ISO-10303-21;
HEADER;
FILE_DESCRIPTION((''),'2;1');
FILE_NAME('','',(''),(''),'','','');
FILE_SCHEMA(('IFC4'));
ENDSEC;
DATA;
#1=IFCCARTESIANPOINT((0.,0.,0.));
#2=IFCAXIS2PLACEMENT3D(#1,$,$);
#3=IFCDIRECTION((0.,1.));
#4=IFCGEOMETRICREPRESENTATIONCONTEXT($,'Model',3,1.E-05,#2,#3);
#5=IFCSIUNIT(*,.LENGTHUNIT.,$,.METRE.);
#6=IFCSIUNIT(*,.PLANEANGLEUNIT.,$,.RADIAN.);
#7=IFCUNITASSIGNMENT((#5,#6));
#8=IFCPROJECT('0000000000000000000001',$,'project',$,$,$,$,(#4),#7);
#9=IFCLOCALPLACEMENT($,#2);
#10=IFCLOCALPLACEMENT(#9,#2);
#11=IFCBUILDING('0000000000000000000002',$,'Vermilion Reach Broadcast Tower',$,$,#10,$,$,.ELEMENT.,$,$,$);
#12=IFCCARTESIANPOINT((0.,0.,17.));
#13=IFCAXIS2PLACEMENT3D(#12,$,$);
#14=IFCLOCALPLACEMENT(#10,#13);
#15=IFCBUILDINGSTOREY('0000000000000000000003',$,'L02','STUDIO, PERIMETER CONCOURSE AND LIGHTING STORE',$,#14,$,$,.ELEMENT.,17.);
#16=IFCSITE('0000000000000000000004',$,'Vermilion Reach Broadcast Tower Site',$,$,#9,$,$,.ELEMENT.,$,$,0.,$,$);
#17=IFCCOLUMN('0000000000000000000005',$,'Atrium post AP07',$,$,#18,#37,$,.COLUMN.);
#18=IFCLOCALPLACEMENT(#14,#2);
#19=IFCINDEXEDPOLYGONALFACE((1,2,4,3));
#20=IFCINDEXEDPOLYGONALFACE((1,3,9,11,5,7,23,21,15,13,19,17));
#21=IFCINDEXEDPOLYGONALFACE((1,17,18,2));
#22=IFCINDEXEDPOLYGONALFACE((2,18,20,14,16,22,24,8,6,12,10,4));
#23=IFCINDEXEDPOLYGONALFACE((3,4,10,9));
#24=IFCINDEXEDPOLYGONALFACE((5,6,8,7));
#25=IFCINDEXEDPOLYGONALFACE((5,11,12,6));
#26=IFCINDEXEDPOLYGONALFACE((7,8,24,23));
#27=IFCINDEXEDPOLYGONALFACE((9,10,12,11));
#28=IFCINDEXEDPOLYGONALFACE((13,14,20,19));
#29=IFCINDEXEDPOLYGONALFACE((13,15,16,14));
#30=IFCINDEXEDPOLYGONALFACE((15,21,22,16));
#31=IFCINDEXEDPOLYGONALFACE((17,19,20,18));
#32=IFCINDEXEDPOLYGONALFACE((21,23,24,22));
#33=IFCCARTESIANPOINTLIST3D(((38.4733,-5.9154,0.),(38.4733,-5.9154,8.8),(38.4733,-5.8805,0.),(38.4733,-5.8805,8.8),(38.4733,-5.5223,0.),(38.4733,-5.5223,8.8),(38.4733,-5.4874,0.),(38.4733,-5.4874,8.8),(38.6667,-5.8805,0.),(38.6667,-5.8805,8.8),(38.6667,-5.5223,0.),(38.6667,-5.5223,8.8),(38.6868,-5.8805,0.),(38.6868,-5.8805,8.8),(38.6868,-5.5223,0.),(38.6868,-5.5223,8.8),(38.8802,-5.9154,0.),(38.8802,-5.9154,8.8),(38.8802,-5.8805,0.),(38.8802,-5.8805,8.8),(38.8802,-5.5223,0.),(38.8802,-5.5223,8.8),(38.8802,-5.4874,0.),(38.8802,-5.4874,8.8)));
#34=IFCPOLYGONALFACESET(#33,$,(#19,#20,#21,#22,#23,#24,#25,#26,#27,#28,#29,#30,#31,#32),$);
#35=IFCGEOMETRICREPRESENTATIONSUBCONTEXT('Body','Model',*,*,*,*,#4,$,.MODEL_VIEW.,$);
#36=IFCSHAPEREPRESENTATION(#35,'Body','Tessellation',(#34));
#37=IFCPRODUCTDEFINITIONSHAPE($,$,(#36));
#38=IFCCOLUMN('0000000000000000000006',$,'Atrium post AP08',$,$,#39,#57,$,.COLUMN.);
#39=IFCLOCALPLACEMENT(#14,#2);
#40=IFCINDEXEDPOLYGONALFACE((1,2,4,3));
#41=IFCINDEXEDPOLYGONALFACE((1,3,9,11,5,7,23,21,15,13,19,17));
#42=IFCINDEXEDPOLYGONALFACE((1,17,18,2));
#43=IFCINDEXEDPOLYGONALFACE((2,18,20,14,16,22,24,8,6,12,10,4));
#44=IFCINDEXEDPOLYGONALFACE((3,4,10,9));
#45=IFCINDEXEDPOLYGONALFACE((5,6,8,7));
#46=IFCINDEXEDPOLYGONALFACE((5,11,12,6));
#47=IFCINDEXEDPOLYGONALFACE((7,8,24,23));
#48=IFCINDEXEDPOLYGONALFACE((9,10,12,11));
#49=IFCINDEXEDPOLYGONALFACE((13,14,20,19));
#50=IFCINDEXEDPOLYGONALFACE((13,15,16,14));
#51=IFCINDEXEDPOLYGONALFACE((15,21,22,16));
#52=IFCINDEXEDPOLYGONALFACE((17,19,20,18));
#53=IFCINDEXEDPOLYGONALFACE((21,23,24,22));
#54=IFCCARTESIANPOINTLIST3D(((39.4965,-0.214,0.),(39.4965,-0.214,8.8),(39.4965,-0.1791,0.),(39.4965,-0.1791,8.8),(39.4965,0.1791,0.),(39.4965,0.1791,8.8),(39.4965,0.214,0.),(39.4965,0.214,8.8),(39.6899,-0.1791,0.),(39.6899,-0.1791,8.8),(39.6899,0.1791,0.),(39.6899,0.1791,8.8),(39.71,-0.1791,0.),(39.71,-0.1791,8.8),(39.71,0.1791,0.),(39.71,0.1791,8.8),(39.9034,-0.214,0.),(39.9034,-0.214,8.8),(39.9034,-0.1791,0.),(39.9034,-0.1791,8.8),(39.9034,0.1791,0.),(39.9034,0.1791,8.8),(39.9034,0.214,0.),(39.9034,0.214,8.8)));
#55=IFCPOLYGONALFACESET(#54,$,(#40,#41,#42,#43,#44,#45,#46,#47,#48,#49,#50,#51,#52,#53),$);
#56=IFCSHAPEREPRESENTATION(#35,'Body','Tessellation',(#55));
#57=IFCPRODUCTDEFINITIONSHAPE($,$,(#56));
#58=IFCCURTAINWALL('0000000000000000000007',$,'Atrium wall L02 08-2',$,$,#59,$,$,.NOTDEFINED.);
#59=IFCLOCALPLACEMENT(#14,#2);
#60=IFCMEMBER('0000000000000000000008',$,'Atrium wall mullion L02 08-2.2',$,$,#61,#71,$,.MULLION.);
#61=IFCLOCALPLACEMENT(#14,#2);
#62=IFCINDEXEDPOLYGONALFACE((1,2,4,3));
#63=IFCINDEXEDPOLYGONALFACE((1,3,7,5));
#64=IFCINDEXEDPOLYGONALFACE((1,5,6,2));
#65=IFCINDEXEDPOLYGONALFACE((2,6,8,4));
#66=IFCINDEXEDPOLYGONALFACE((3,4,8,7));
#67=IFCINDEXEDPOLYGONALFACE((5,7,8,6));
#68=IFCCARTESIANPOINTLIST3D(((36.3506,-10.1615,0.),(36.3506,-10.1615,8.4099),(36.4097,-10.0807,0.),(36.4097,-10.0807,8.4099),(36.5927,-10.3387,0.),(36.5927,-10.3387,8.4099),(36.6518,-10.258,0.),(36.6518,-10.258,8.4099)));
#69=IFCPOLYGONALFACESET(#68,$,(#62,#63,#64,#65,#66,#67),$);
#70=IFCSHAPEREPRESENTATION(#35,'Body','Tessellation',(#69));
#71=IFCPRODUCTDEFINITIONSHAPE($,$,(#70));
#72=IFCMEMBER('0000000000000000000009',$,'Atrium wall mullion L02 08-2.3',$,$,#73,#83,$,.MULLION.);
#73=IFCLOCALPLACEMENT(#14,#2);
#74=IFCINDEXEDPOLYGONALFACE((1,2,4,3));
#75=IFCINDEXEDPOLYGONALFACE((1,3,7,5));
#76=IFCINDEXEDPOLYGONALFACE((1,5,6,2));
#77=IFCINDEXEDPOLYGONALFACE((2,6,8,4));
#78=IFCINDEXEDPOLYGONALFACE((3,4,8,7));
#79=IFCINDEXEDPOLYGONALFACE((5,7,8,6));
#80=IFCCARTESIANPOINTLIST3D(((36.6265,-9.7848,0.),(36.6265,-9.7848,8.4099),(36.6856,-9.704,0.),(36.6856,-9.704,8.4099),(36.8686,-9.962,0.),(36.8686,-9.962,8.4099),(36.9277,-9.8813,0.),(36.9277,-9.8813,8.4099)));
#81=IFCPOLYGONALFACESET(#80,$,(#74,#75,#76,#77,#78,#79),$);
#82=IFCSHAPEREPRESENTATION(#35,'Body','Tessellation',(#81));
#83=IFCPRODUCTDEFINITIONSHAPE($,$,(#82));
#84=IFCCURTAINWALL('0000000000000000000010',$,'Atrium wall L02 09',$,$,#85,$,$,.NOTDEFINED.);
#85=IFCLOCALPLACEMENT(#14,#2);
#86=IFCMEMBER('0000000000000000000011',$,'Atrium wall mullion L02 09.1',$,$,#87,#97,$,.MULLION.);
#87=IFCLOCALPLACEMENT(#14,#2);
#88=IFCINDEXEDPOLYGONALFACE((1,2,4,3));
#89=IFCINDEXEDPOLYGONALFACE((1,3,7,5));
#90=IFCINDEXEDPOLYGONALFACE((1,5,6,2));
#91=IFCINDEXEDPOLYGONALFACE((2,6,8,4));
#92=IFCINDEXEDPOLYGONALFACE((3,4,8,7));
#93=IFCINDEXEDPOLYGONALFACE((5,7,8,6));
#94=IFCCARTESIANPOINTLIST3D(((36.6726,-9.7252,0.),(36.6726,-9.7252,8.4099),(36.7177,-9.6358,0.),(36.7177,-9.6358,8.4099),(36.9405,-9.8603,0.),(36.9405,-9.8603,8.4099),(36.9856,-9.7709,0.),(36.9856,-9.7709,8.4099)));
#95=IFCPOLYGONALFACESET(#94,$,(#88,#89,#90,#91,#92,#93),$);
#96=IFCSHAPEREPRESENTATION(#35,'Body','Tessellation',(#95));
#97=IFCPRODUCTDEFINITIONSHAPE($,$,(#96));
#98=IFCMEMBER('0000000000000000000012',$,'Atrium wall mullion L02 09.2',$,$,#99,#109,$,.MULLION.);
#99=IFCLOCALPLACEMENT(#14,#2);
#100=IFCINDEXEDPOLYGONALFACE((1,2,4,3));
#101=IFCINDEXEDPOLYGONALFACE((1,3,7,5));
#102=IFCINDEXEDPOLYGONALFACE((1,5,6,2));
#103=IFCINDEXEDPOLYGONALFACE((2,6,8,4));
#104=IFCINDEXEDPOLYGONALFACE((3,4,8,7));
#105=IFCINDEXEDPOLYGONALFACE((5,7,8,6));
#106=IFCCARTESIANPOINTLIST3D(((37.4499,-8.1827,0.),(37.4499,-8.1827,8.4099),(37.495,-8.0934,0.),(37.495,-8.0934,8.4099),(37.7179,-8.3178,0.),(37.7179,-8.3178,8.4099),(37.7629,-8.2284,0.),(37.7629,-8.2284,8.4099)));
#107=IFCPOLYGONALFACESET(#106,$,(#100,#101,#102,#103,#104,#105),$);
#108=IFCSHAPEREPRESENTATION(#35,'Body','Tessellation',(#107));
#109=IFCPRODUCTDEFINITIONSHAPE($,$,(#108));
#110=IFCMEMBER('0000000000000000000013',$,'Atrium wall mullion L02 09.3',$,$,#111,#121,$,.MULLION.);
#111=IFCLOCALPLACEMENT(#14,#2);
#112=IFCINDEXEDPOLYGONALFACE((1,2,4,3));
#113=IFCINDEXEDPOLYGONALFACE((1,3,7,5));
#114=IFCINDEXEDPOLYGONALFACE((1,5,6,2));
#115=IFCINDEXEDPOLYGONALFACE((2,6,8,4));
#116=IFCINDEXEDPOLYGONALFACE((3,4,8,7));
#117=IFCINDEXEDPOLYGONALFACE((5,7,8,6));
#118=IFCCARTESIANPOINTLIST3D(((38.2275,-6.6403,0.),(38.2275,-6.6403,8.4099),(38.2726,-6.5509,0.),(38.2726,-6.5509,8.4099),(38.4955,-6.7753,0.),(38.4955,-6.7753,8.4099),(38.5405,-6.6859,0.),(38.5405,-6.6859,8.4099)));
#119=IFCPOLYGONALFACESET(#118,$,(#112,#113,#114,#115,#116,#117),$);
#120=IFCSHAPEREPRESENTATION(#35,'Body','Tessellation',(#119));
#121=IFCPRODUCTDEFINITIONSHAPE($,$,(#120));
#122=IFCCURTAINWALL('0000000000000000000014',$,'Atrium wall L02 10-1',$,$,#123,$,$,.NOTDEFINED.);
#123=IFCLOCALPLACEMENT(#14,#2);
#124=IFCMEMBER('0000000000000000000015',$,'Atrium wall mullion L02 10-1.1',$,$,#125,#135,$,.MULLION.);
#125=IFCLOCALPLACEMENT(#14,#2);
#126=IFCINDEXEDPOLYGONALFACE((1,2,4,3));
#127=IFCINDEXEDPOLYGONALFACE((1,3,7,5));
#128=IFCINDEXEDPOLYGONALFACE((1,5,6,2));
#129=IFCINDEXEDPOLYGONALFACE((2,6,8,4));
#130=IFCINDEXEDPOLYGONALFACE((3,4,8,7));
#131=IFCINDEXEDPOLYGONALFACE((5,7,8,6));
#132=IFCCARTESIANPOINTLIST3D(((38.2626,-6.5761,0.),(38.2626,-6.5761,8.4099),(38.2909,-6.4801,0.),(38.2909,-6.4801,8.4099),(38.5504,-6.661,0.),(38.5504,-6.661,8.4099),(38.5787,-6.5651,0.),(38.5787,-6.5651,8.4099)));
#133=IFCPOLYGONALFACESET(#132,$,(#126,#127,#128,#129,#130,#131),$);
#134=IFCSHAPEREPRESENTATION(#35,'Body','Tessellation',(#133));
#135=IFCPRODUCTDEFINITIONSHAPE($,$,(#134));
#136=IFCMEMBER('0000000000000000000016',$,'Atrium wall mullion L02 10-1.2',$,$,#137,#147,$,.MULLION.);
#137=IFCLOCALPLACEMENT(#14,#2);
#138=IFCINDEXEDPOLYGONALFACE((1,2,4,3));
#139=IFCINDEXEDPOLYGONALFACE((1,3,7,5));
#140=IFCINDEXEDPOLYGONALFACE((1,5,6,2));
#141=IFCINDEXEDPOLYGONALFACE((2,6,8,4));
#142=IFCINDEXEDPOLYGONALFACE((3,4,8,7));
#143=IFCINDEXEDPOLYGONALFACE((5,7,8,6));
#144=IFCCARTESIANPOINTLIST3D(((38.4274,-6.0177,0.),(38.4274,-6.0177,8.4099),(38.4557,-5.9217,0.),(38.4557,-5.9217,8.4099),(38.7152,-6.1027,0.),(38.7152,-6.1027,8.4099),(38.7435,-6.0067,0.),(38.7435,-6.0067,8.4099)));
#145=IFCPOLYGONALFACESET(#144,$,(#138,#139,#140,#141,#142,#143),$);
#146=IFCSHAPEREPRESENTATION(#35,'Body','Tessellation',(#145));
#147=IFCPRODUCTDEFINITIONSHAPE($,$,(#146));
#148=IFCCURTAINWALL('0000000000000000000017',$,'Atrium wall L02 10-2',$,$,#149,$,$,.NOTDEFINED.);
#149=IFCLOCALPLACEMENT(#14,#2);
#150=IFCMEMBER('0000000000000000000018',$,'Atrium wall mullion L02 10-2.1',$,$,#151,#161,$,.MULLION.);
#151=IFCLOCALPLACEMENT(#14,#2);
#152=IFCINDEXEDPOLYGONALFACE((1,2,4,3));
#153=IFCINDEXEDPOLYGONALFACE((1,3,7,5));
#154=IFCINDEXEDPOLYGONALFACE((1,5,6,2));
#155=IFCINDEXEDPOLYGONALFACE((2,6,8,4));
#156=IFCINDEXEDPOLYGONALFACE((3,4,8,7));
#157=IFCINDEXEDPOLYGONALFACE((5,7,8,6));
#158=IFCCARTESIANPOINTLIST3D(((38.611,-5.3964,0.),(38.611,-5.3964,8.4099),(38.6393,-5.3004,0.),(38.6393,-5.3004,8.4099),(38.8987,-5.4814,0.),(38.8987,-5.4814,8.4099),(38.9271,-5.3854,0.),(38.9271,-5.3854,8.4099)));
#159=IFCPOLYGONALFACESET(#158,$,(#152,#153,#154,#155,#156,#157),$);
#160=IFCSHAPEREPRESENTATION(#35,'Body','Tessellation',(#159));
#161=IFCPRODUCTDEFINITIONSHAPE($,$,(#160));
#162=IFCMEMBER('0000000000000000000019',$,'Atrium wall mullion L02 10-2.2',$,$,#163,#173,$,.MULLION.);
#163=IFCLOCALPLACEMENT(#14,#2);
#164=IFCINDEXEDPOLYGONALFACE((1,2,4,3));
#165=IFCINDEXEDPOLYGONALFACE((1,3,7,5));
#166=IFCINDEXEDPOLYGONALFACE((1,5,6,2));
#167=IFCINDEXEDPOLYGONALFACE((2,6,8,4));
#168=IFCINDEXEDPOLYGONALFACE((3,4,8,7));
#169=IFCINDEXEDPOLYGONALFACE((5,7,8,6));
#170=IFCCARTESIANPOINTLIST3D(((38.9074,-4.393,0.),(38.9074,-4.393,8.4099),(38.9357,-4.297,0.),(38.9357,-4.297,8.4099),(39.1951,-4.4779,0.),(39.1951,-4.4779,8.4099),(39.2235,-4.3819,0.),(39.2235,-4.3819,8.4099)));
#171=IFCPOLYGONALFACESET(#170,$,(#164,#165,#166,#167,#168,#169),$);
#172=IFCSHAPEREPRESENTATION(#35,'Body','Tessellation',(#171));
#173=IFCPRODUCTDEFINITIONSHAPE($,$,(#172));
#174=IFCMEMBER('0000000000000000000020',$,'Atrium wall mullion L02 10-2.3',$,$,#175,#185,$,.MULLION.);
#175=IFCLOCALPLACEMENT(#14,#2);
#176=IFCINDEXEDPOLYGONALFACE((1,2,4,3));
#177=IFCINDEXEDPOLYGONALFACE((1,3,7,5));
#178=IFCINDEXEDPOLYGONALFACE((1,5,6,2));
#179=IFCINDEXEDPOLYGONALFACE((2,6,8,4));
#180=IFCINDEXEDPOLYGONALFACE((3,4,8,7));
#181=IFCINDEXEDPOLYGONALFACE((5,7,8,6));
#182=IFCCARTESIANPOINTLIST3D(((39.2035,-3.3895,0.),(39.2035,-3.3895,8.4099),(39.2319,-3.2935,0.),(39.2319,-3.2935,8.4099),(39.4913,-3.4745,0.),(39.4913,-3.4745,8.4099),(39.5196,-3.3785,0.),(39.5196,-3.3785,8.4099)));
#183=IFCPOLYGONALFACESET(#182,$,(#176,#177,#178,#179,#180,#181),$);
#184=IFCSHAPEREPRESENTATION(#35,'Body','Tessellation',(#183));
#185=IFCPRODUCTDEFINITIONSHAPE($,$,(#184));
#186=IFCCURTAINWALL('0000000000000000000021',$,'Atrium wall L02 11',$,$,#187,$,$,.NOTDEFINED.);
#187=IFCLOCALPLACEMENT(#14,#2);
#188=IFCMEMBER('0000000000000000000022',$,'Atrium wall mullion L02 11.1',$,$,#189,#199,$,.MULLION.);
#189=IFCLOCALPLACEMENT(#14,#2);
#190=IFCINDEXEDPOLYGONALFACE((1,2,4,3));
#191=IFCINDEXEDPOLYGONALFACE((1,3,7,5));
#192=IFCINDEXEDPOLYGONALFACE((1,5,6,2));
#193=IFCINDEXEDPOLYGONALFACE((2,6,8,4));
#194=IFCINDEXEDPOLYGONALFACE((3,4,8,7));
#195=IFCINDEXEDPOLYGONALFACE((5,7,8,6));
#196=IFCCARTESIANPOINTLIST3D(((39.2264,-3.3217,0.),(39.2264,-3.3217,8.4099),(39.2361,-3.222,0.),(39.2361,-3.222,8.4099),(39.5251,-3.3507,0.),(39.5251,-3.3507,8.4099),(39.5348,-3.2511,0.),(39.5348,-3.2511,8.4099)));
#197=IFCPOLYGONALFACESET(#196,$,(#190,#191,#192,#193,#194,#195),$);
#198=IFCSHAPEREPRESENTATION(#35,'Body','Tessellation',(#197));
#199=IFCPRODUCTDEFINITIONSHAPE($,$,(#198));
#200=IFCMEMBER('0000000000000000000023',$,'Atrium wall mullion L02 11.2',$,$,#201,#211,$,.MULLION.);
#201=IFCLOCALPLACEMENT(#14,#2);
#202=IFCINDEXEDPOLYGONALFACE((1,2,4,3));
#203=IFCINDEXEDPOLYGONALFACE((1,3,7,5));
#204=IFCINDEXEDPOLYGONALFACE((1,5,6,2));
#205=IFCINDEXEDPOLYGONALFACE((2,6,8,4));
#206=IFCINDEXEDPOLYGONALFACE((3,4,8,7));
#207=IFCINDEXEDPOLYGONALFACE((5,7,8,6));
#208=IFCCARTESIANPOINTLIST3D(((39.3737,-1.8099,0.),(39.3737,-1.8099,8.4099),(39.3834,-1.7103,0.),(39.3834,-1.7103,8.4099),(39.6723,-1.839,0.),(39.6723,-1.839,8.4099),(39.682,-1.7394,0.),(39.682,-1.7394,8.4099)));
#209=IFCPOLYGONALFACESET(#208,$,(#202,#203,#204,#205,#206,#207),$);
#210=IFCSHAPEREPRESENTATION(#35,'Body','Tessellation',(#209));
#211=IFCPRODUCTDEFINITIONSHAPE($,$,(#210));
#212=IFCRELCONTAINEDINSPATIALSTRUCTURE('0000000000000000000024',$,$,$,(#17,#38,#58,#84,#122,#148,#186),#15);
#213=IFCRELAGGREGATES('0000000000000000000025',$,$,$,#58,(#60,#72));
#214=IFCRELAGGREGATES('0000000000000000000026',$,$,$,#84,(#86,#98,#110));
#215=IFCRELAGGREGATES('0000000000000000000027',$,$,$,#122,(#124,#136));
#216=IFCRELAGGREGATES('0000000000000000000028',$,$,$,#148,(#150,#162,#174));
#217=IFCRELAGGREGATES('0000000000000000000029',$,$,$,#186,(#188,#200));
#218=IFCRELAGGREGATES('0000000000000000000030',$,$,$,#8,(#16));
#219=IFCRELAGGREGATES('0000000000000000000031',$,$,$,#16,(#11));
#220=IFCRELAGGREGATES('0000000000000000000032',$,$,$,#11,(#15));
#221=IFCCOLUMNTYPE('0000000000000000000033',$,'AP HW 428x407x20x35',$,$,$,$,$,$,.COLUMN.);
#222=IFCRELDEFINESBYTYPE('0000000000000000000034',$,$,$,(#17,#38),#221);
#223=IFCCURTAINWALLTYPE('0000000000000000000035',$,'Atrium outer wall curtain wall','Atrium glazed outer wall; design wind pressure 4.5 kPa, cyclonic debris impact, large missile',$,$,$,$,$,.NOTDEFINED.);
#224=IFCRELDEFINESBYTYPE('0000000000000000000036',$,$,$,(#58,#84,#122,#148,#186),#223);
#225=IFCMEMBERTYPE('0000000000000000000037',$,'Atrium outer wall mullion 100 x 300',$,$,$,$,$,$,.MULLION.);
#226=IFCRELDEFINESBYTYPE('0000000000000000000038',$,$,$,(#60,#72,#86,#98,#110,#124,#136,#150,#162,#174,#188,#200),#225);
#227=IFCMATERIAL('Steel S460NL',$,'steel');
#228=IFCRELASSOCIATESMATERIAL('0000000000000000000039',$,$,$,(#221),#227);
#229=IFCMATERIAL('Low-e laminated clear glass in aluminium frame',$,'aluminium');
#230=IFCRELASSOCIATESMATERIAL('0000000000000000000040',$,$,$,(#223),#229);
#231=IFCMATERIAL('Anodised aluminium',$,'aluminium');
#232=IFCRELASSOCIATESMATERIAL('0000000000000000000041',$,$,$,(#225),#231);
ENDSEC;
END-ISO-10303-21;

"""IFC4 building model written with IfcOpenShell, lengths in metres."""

from ifc_helpers import new_model, si_unit, direction, frame, origin, origin_2d, place, context, subcontext, project, spatial, rectangle, i_section, extrude, material, material_profile, profile_set, type_object, element, aggregate, save


model = new_model("IFC4")

# Units and contexts
model_context = context("Model", 3, precision=1e-05, world=origin(), true_north=direction((0.0, 1.0)))
body_context = subcontext(model_context, "Body", "Model", "MODEL_VIEW")
ifc_project = project(units=[si_unit("LENGTHUNIT", "METRE"), si_unit("PLANEANGLEUNIT", "RADIAN")], contexts=[model_context])

# Site, building, storey
site_placement = place(None, origin())
site = spatial("IfcSite", under=ifc_project, at=site_placement, Name="Vermilion Reach Broadcast Tower Site", CompositionType="ELEMENT", RefElevation=0.0)
building_placement = place(site_placement, origin())
building = spatial("IfcBuilding", under=site, at=building_placement, Name="Vermilion Reach Broadcast Tower", CompositionType="ELEMENT")
storey_placement = place(building_placement, frame((0.0, 0.0, 17.0)))
storey = spatial("IfcBuildingStorey", under=building, at=storey_placement, Name="L02", Description="STUDIO, PERIMETER CONCOURSE AND LIGHTING STORE", CompositionType="ELEMENT", Elevation=17.0)

# Columns
ifc_material_1 = material(Name="Steel S460NL", Category="steel")
ifc_material_profile_1 = material_profile(ifc_material_1, i_section(OverallWidth=0.407, OverallDepth=0.428, WebThickness=0.02, FlangeThickness=0.0349, at=origin_2d()), Name="S460NL HW 428x407x20x35")
ifc_profile_set_1 = profile_set([ifc_material_profile_1], Name="Steel S460NL")
column_type = type_object("IfcColumnType", Name="AP HW 428x407x20x35", PredefinedType="COLUMN", material=ifc_profile_set_1)
for number, where, z_axis, x_axis, name in (
    (1, (38.6768, -5.7014, 0.0), (0.0, 0.0, 1.0), (1.0, 0.0, 0.0), "Atrium post AP07"),
    (2, (39.7, 0.0, 0.0), (0.0, 0.0, 1.0), (1.0, 0.0, 0.0), "Atrium post AP08"),
):
    element("IfcColumn", number, at=place(storey_placement, frame(where, z_axis=z_axis, x_axis=x_axis)), inside=storey, type_object=column_type, Name=name, PredefinedType="COLUMN", context=body_context, shape_type="SweptSolid", body=[
        extrude(i_section(OverallWidth=0.407, OverallDepth=0.428, WebThickness=0.02, FlangeThickness=0.0349, at=origin_2d()), origin(), (0.0, 0.0, 1.0), 8.8),
    ])

# Curtain walls, members
ifc_material_2 = material(Name="Low-e laminated clear glass in aluminium frame", Category="aluminium")
curtain_wall_type = type_object("IfcCurtainWallType", Name="Atrium outer wall curtain wall", Description="Atrium glazed outer wall; design wind pressure 4.5 kPa, cyclonic debris impact, large missile", PredefinedType="NOTDEFINED", material=ifc_material_2)
placement = place(storey_placement, origin())
curtain_wall_1 = element("IfcCurtainWall", 3, at=placement, inside=storey, type_object=curtain_wall_type, Name="Atrium wall L02 08-2", PredefinedType="NOTDEFINED")
ifc_material_3 = material(Name="Anodised aluminium", Category="aluminium")
ifc_material_profile_2 = material_profile(ifc_material_3, rectangle(XDim=0.3, YDim=0.1001, at=origin_2d()), Name="Atrium outer wall mullion 100 x 300")
ifc_profile_set_2 = profile_set([ifc_material_profile_2], Name="Anodised aluminium")
member_type_1 = type_object("IfcMemberType", Name="Atrium outer wall mullion 100 x 300", PredefinedType="MULLION", material=ifc_profile_set_2)
member_1_placement = place(storey_placement, frame((36.5012, -10.2097, 0.0), z_axis=(0.0, 0.0, 1.0), x_axis=(-0.806847, 0.59076, 0.0)))
member_1 = element("IfcMember", 4, at=member_1_placement, type_object=member_type_1, Name="Atrium wall mullion L02 08-2.2", PredefinedType="MULLION", context=body_context, shape_type="SweptSolid", body=[
    extrude(rectangle(XDim=0.3, YDim=0.1001, at=origin_2d()), origin(), (0.0, 0.0, 1.0), 8.4099),
])
member_2_placement = place(storey_placement, frame((36.7771, -9.833, 0.0), z_axis=(0.0, 0.0, 1.0), x_axis=(-0.806847, 0.59076, 0.0)))
member_2 = element("IfcMember", 5, at=member_2_placement, type_object=member_type_1, Name="Atrium wall mullion L02 08-2.3", PredefinedType="MULLION", context=body_context, shape_type="SweptSolid", body=[
    extrude(rectangle(XDim=0.3, YDim=0.1001, at=origin_2d()), origin(), (0.0, 0.0, 1.0), 8.4099),
])
curtain_wall_2 = element("IfcCurtainWall", 6, at=placement, inside=storey, type_object=curtain_wall_type, Name="Atrium wall L02 09", PredefinedType="NOTDEFINED")
member_3_placement = place(storey_placement, frame((36.8291, -9.748, 0.0), z_axis=(0.0, 0.0, 1.0), x_axis=(-0.892992, 0.450072, 0.0)))
member_3 = element("IfcMember", 7, at=member_3_placement, type_object=member_type_1, Name="Atrium wall mullion L02 09.1", PredefinedType="MULLION", context=body_context, shape_type="SweptSolid", body=[
    extrude(rectangle(XDim=0.3, YDim=0.1001, at=origin_2d()), origin(), (0.0, 0.0, 1.0), 8.4099),
])
member_4_placement = place(storey_placement, frame((37.6064, -8.2056, 0.0), z_axis=(0.0, 0.0, 1.0), x_axis=(-0.892992, 0.450072, 0.0)))
member_4 = element("IfcMember", 8, at=member_4_placement, type_object=member_type_1, Name="Atrium wall mullion L02 09.2", PredefinedType="MULLION", context=body_context, shape_type="SweptSolid", body=[
    extrude(rectangle(XDim=0.3, YDim=0.1001, at=origin_2d()), origin(), (0.0, 0.0, 1.0), 8.4099),
])
member_5_placement = place(storey_placement, frame((38.384, -6.6631, 0.0), z_axis=(0.0, 0.0, 1.0), x_axis=(-0.892992, 0.450072, 0.0)))
member_5 = element("IfcMember", 9, at=member_5_placement, type_object=member_type_1, Name="Atrium wall mullion L02 09.3", PredefinedType="MULLION", context=body_context, shape_type="SweptSolid", body=[
    extrude(rectangle(XDim=0.3, YDim=0.1001, at=origin_2d()), origin(), (0.0, 0.0, 1.0), 8.4099),
])
curtain_wall_3 = element("IfcCurtainWall", 10, at=placement, inside=storey, type_object=curtain_wall_type, Name="Atrium wall L02 10-1", PredefinedType="NOTDEFINED")
member_6_placement = place(storey_placement, frame((38.4207, -6.5706, 0.0), z_axis=(0.0, 0.0, 1.0), x_axis=(-0.959048, 0.283245, 0.0)))
member_6 = element("IfcMember", 11, at=member_6_placement, type_object=member_type_1, Name="Atrium wall mullion L02 10-1.1", PredefinedType="MULLION", context=body_context, shape_type="SweptSolid", body=[
    extrude(rectangle(XDim=0.3, YDim=0.1001, at=origin_2d()), origin(), (0.0, 0.0, 1.0), 8.4099),
])
member_7_placement = place(storey_placement, frame((38.5854, -6.0122, 0.0), z_axis=(0.0, 0.0, 1.0), x_axis=(-0.959048, 0.283245, 0.0)))
member_7 = element("IfcMember", 12, at=member_7_placement, type_object=member_type_1, Name="Atrium wall mullion L02 10-1.2", PredefinedType="MULLION", context=body_context, shape_type="SweptSolid", body=[
    extrude(rectangle(XDim=0.3, YDim=0.1001, at=origin_2d()), origin(), (0.0, 0.0, 1.0), 8.4099),
])
curtain_wall_4 = element("IfcCurtainWall", 13, at=placement, inside=storey, type_object=curtain_wall_type, Name="Atrium wall L02 10-2", PredefinedType="NOTDEFINED")
member_8_placement = place(storey_placement, frame((38.769, -5.3909, 0.0), z_axis=(0.0, 0.0, 1.0), x_axis=(-0.959048, 0.283245, 0.0)))
member_8 = element("IfcMember", 14, at=member_8_placement, type_object=member_type_1, Name="Atrium wall mullion L02 10-2.1", PredefinedType="MULLION", context=body_context, shape_type="SweptSolid", body=[
    extrude(rectangle(XDim=0.3, YDim=0.1001, at=origin_2d()), origin(), (0.0, 0.0, 1.0), 8.4099),
])
member_9_placement = place(storey_placement, frame((39.0654, -4.3875, 0.0), z_axis=(0.0, 0.0, 1.0), x_axis=(-0.959048, 0.283245, 0.0)))
member_9 = element("IfcMember", 15, at=member_9_placement, type_object=member_type_1, Name="Atrium wall mullion L02 10-2.2", PredefinedType="MULLION", context=body_context, shape_type="SweptSolid", body=[
    extrude(rectangle(XDim=0.3, YDim=0.1001, at=origin_2d()), origin(), (0.0, 0.0, 1.0), 8.4099),
])
member_10_placement = place(storey_placement, frame((39.3616, -3.384, 0.0), z_axis=(0.0, 0.0, 1.0), x_axis=(-0.959048, 0.283245, 0.0)))
member_10 = element("IfcMember", 16, at=member_10_placement, type_object=member_type_1, Name="Atrium wall mullion L02 10-2.3", PredefinedType="MULLION", context=body_context, shape_type="SweptSolid", body=[
    extrude(rectangle(XDim=0.3, YDim=0.1001, at=origin_2d()), origin(), (0.0, 0.0, 1.0), 8.4099),
])
curtain_wall_5 = element("IfcCurtainWall", 17, at=placement, inside=storey, type_object=curtain_wall_type, Name="Atrium wall L02 11", PredefinedType="NOTDEFINED")
member_11_placement = place(storey_placement, frame((39.3806, -3.2864, 0.0), z_axis=(0.0, 0.0, 1.0), x_axis=(-0.995298, 0.096861, 0.0)))
member_11 = element("IfcMember", 18, at=member_11_placement, type_object=member_type_1, Name="Atrium wall mullion L02 11.1", PredefinedType="MULLION", context=body_context, shape_type="SweptSolid", body=[
    extrude(rectangle(XDim=0.3, YDim=0.1001, at=origin_2d()), origin(), (0.0, 0.0, 1.0), 8.4099),
])
member_12_placement = place(storey_placement, frame((39.5278, -1.7747, 0.0), z_axis=(0.0, 0.0, 1.0), x_axis=(-0.995298, 0.096861, 0.0)))
member_12 = element("IfcMember", 19, at=member_12_placement, type_object=member_type_1, Name="Atrium wall mullion L02 11.2", PredefinedType="MULLION", context=body_context, shape_type="SweptSolid", body=[
    extrude(rectangle(XDim=0.3, YDim=0.1001, at=origin_2d()), origin(), (0.0, 0.0, 1.0), 8.4099),
])

aggregate(curtain_wall_1, [member_1, member_2])
aggregate(curtain_wall_2, [member_3, member_4, member_5])
aggregate(curtain_wall_3, [member_6, member_7])
aggregate(curtain_wall_4, [member_8, member_9, member_10])
aggregate(curtain_wall_5, [member_11, member_12])

save(model, "model.ifc")
